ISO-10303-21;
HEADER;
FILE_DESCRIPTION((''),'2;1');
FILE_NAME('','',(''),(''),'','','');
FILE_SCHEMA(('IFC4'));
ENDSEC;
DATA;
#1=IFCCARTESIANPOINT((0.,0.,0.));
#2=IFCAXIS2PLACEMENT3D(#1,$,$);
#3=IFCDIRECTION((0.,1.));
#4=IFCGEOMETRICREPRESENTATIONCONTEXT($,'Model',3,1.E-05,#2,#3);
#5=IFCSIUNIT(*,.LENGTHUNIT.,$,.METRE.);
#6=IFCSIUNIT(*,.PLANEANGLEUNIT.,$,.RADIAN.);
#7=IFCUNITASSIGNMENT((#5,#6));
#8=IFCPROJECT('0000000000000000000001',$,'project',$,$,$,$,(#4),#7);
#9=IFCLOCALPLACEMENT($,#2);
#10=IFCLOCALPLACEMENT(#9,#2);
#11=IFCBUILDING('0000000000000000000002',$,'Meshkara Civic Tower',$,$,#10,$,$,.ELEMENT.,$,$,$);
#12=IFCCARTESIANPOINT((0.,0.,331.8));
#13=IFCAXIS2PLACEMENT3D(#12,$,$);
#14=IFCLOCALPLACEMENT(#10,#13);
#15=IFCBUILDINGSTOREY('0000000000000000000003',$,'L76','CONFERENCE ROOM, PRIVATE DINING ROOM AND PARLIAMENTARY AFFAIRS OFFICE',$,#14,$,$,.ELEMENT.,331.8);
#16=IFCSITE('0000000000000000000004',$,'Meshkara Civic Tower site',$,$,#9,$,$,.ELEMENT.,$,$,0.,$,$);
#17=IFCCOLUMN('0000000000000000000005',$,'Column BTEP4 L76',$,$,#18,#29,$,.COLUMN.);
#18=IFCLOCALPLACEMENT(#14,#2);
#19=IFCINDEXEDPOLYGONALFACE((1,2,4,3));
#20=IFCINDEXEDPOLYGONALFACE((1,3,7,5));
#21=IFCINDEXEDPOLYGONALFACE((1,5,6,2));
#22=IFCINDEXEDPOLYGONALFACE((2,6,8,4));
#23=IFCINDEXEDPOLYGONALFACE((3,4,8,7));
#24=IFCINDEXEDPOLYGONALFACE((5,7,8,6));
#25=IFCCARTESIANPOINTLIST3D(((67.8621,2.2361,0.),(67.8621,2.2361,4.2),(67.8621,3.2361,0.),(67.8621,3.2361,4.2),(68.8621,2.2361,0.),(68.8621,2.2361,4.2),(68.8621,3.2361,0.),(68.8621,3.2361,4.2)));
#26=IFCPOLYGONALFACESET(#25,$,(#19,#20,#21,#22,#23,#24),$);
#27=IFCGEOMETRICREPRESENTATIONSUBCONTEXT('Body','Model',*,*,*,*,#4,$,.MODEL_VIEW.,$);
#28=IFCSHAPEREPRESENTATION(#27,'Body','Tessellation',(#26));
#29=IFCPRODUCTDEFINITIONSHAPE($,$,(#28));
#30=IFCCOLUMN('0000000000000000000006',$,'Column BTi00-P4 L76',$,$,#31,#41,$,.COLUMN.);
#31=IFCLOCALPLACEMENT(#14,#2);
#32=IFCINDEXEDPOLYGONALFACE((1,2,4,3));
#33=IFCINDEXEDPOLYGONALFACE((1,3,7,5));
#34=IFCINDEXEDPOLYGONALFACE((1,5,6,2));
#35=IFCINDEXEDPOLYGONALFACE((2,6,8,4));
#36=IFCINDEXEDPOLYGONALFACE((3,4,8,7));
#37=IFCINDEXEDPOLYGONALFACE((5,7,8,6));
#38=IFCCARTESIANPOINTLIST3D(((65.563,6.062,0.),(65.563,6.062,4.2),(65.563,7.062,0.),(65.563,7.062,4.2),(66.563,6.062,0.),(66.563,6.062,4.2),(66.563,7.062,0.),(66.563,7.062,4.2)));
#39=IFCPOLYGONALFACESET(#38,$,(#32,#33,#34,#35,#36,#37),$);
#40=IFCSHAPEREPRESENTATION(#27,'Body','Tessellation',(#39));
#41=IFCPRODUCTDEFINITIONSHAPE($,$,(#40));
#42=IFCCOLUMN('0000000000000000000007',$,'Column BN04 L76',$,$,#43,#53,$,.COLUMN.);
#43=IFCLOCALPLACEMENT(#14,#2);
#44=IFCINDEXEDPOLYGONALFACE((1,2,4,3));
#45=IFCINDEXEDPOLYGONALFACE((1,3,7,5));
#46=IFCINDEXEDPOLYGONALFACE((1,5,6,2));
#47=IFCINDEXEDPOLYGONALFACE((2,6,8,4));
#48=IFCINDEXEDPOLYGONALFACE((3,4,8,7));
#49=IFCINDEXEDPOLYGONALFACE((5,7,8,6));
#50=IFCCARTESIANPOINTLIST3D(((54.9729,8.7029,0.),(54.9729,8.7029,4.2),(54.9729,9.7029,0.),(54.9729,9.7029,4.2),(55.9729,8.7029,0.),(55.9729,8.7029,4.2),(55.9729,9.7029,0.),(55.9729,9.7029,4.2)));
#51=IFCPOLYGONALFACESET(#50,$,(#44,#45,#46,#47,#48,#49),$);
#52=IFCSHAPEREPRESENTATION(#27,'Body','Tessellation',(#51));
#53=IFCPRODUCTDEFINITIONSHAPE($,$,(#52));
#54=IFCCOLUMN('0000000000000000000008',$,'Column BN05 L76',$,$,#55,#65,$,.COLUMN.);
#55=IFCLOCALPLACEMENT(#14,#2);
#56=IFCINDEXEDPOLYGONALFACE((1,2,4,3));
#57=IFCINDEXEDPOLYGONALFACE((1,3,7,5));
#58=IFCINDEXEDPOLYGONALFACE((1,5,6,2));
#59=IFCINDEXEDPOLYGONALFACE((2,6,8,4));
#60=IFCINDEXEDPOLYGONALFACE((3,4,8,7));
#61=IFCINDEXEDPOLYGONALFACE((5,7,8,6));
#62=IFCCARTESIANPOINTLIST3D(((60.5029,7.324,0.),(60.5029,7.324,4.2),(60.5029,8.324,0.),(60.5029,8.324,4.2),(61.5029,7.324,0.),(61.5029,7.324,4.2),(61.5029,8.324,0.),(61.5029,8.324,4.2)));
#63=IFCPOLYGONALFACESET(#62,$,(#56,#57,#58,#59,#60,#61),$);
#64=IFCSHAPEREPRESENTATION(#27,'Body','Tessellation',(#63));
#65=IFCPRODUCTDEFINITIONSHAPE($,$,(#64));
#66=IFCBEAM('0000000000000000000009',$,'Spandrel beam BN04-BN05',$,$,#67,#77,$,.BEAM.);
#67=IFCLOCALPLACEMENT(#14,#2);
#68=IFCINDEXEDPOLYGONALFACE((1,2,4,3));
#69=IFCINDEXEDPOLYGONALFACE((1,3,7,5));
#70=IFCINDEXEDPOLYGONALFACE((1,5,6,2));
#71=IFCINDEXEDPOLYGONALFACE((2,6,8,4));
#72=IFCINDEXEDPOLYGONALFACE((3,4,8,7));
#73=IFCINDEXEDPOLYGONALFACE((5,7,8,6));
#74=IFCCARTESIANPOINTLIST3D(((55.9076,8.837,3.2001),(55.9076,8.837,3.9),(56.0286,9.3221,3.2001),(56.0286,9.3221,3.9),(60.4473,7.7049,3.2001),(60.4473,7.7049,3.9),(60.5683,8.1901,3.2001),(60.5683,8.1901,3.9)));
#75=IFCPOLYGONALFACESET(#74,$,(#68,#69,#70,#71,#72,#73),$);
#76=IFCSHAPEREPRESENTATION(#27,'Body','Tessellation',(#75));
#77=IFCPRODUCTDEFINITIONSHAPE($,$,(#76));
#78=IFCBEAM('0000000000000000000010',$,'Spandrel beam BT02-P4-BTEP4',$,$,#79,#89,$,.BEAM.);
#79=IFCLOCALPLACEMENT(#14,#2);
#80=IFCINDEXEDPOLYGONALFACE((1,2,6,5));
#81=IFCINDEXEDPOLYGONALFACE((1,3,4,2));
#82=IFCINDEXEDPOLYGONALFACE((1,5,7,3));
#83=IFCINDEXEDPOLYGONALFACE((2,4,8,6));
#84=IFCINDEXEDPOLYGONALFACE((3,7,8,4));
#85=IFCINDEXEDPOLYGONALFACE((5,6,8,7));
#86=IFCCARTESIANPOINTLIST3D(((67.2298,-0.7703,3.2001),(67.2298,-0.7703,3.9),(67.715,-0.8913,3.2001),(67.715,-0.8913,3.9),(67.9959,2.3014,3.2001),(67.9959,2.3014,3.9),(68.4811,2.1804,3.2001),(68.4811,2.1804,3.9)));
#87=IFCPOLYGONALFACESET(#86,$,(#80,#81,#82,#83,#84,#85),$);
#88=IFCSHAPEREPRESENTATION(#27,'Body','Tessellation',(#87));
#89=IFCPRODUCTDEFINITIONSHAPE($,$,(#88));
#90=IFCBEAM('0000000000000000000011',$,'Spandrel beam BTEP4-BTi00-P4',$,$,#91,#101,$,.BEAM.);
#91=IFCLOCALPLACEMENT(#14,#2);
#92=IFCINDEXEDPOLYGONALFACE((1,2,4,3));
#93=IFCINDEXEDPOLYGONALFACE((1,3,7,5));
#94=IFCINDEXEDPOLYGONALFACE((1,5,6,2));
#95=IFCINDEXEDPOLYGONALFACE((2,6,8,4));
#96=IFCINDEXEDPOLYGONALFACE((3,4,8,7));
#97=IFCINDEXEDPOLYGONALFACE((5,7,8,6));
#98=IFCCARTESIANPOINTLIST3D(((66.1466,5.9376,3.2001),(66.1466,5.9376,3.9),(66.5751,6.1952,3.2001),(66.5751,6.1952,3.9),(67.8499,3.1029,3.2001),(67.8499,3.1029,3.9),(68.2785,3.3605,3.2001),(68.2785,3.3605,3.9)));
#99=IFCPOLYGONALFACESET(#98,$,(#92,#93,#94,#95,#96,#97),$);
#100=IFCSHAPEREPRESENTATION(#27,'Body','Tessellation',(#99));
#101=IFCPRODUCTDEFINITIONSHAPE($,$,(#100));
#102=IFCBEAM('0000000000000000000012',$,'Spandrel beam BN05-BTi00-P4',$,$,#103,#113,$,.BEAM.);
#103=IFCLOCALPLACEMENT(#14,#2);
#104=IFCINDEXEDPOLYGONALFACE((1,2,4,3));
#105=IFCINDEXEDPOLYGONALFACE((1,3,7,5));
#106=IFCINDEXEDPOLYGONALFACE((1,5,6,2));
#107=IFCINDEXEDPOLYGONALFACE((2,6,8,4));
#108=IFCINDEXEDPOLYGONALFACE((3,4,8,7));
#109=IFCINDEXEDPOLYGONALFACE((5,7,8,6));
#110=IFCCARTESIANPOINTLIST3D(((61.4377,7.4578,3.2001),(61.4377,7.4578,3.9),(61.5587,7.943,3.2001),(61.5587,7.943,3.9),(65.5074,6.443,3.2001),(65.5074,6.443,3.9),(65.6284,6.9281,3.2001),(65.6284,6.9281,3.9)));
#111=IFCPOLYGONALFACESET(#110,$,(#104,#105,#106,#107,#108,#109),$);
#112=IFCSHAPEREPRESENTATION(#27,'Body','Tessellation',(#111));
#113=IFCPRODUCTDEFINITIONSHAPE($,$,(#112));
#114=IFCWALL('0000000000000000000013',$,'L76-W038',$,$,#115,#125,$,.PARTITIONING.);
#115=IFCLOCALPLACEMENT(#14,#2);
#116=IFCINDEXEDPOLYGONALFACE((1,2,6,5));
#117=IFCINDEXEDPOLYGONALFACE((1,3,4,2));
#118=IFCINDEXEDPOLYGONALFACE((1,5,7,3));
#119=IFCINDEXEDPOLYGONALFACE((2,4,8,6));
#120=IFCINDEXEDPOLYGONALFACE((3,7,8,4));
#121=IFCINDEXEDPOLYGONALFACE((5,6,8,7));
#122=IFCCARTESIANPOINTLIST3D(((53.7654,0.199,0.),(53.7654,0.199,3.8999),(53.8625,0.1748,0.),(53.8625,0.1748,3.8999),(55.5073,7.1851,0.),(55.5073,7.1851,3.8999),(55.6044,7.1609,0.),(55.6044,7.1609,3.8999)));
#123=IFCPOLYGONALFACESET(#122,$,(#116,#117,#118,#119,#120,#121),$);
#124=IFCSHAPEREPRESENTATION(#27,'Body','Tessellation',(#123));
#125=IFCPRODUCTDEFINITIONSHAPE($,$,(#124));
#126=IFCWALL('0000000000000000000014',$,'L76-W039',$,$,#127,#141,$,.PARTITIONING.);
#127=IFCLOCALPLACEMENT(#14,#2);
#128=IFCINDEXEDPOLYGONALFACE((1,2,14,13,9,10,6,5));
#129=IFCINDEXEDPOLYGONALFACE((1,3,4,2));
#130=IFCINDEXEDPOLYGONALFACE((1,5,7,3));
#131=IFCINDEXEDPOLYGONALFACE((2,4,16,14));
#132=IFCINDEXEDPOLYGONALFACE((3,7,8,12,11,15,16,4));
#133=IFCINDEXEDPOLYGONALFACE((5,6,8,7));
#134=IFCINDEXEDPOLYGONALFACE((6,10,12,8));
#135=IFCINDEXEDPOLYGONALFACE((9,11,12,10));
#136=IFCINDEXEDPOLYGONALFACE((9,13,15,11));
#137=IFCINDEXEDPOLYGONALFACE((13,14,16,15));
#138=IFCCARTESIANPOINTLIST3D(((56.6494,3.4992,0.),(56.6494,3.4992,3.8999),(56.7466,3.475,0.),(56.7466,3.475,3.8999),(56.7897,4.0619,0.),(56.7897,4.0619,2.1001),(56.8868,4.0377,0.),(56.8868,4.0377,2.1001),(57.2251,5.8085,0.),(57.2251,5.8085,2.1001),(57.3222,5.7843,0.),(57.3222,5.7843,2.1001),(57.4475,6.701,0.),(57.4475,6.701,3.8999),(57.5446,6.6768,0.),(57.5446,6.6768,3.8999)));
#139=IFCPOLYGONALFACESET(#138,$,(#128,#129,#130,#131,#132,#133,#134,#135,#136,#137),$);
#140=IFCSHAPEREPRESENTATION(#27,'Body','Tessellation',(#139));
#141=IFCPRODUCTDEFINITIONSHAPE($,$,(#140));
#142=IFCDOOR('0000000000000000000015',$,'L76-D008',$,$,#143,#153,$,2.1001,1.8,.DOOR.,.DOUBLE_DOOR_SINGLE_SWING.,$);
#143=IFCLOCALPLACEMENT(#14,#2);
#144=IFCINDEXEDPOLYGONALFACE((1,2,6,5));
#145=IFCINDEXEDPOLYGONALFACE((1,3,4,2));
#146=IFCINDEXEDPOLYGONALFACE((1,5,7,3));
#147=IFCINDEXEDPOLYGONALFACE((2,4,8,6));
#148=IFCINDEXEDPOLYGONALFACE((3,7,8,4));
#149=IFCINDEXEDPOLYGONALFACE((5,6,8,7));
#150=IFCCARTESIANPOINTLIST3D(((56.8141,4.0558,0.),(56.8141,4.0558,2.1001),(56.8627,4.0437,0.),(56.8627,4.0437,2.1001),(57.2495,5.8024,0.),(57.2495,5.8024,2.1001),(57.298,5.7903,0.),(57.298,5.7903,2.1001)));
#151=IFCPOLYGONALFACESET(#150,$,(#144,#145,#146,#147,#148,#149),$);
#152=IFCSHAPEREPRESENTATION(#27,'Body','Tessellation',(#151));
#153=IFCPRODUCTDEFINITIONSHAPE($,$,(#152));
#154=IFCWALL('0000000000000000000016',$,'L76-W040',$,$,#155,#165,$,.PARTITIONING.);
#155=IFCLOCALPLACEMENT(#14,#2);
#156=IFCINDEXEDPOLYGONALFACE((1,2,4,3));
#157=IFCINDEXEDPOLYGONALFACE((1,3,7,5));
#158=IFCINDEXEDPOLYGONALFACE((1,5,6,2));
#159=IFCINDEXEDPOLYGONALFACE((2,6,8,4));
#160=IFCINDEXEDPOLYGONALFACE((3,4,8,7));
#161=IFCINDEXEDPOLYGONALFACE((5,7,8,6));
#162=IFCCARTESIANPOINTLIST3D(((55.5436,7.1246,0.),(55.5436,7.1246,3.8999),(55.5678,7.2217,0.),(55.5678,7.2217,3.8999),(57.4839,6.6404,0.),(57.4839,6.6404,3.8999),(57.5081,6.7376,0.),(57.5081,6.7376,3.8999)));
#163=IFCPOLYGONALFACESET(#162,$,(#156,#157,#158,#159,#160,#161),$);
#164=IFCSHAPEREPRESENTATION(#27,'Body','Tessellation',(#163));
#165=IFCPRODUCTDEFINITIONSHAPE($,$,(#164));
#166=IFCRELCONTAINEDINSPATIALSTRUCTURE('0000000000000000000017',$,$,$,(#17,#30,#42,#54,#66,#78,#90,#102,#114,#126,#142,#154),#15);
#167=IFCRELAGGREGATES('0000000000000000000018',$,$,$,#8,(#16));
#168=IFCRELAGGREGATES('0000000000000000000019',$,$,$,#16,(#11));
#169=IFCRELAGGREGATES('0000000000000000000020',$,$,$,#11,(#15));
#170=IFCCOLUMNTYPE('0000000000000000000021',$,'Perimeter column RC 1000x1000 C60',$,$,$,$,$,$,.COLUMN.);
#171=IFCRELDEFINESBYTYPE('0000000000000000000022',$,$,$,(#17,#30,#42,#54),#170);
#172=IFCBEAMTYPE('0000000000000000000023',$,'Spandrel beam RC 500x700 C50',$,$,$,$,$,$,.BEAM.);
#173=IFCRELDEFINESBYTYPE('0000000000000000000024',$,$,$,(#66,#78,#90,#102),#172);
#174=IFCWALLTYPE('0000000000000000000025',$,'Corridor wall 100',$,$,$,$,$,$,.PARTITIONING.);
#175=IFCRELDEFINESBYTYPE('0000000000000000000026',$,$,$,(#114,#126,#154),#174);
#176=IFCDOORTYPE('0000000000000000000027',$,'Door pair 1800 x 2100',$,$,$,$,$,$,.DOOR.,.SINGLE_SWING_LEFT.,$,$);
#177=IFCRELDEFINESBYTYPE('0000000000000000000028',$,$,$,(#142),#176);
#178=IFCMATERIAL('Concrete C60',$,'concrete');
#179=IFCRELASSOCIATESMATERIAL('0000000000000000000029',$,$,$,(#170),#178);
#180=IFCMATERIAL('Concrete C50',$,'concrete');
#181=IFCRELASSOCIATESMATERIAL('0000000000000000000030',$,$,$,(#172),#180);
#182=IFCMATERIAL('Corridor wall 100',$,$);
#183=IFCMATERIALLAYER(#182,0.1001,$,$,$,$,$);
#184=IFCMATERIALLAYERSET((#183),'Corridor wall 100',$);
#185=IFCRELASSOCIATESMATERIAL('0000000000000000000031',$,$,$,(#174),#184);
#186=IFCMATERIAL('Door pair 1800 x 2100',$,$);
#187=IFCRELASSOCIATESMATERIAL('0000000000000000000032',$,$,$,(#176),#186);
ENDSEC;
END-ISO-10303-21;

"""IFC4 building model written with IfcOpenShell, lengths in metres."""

from ifc_helpers import new_model, si_unit, direction, frame, frame_2d, origin, origin_2d, place, context, subcontext, project, spatial, rectangle, extrude, material, layer, layer_set, material_profile, profile_set, type_object, element, fill, save


model = new_model("IFC4")

# Units and contexts
model_context = context("Model", 3, precision=1e-05, world=origin(), true_north=direction((0.0, 1.0)))
body_context = subcontext(model_context, "Body", "Model", "MODEL_VIEW")
ifc_project = project(units=[si_unit("LENGTHUNIT", "METRE"), si_unit("PLANEANGLEUNIT", "RADIAN")], contexts=[model_context])

# Site, building, storey
site_placement = place(None, origin())
site = spatial("IfcSite", under=ifc_project, at=site_placement, Name="Meshkara Civic Tower site", CompositionType="ELEMENT", RefElevation=0.0)
building_placement = place(site_placement, origin())
building = spatial("IfcBuilding", under=site, at=building_placement, Name="Meshkara Civic Tower", CompositionType="ELEMENT")
storey_placement = place(building_placement, frame((0.0, 0.0, 331.8)))
storey = spatial("IfcBuildingStorey", under=building, at=storey_placement, Name="L76", Description="CONFERENCE ROOM, PRIVATE DINING ROOM AND PARLIAMENTARY AFFAIRS OFFICE", CompositionType="ELEMENT", Elevation=331.8)

# Columns
ifc_material_1 = material(Name="Concrete C60", Category="concrete")
ifc_material_profile_1 = material_profile(ifc_material_1, rectangle(XDim=1.0, YDim=1.0, at=origin_2d()))
ifc_profile_set_1 = profile_set([ifc_material_profile_1], Name="Concrete C60")
column_type = type_object("IfcColumnType", Name="Perimeter column RC 1000x1000 C60", PredefinedType="COLUMN", material=ifc_profile_set_1)
for number, where, z_axis, x_axis, name in (
    (1, (68.3621, 2.7361, 0.0), (0.0, 0.0, 1.0), (1.0, 0.0, 0.0), "Column BTEP4 L76"),
    (2, (66.063, 6.562, 0.0), (0.0, 0.0, 1.0), (1.0, 0.0, 0.0), "Column BTi00-P4 L76"),
    (3, (55.4729, 9.2029, 0.0), (0.0, 0.0, 1.0), (1.0, 0.0, 0.0), "Column BN04 L76"),
    (4, (61.0029, 7.824, 0.0), (0.0, 0.0, 1.0), (1.0, 0.0, 0.0), "Column BN05 L76"),
):
    element("IfcColumn", number, at=place(storey_placement, frame(where, z_axis=z_axis, x_axis=x_axis)), inside=storey, type_object=column_type, Name=name, PredefinedType="COLUMN", context=body_context, shape_type="SweptSolid", body=[
        extrude(rectangle(XDim=1.0, YDim=1.0, at=origin_2d()), origin(), (0.0, 0.0, 1.0), 4.2),
    ])

# Beams
ifc_material_2 = material(Name="Concrete C50", Category="concrete")
ifc_material_profile_2 = material_profile(ifc_material_2, rectangle(XDim=0.5, YDim=0.7, at=origin_2d()))
ifc_profile_set_2 = profile_set([ifc_material_profile_2], Name="Concrete C50")
beam_type = type_object("IfcBeamType", Name="Spandrel beam RC 500x700 C50", PredefinedType="BEAM", material=ifc_profile_set_2)
beam_1_placement = place(storey_placement, frame((60.5078, 7.9475, 3.55), z_axis=(-0.970287, 0.241959, 0.0), x_axis=(-0.241959, -0.970287, 0.0)))
element("IfcBeam", 5, at=beam_1_placement, inside=storey, type_object=beam_type, Name="Spandrel beam BN04-BN05", PredefinedType="BEAM", context=body_context, shape_type="SweptSolid", body=[
    extrude(rectangle(XDim=0.5, YDim=0.7, at=origin_2d()), origin(), (0.0, 0.0, 1.0), 4.6787),
])
beam_2_placement = place(storey_placement, frame((67.4724, -0.8308, 3.55), z_axis=(0.241991, 0.970278, 0.0), x_axis=(-0.970278, 0.241991, 0.0)))
element("IfcBeam", 6, at=beam_2_placement, inside=storey, type_object=beam_type, Name="Spandrel beam BT02-P4-BTEP4", PredefinedType="BEAM", context=body_context, shape_type="SweptSolid", body=[
    extrude(rectangle(XDim=0.5, YDim=0.7, at=origin_2d()), origin(), (0.0, 0.0, 1.0), 3.1658),
])
beam_3_placement = place(storey_placement, frame((68.0642, 3.2317, 3.55), z_axis=(-0.51506, 0.857154, 0.0), x_axis=(-0.857154, -0.51506, 0.0)))
element("IfcBeam", 7, at=beam_3_placement, inside=storey, type_object=beam_type, Name="Spandrel beam BTEP4-BTi00-P4", PredefinedType="BEAM", context=body_context, shape_type="SweptSolid", body=[
    extrude(rectangle(XDim=0.5, YDim=0.7, at=origin_2d()), origin(), (0.0, 0.0, 1.0), 3.3071),
])
beam_4_placement = place(storey_placement, frame((65.5679, 6.6855, 3.55), z_axis=(-0.970286, 0.24196, 0.0), x_axis=(-0.24196, -0.970286, 0.0)))
element("IfcBeam", 8, at=beam_4_placement, inside=storey, type_object=beam_type, Name="Spandrel beam BN05-BTi00-P4", PredefinedType="BEAM", context=body_context, shape_type="SweptSolid", body=[
    extrude(rectangle(XDim=0.5, YDim=0.7, at=origin_2d()), origin(), (0.0, 0.0, 1.0), 4.1943),
])

# Wall
ifc_material_3 = material(Name="Corridor wall 100")
ifc_layer_1 = layer(ifc_material_3, 0.1001)
ifc_layer_set_1 = layer_set([ifc_layer_1], Name="Corridor wall 100")
wall_type_1 = type_object("IfcWallType", Name="Corridor wall 100", PredefinedType="PARTITIONING", material=ifc_layer_set_1)
wall_1_placement = place(storey_placement, frame((55.5559, 7.1731, 0.0), z_axis=(0.0, 0.0, 1.0), x_axis=(-0.241937, -0.970292, 0.0)))
element("IfcWall", 9, at=wall_1_placement, inside=storey, type_object=wall_type_1, Name="L76-W038", PredefinedType="PARTITIONING", context=body_context, shape_type="SweptSolid", body=[
    extrude(rectangle(XDim=7.2, YDim=0.1001, at=frame_2d((3.6001, 0.0))), origin(), (0.0, 0.0, 1.0), 3.8999),
])

# Wall, opening, door
wall_2_placement = place(storey_placement, frame((56.698, 3.4871, 0.0), z_axis=(0.0, 0.0, 1.0), x_axis=(0.241857, 0.970312, 0.0)))
wall_2 = element("IfcWall", 10, at=wall_2_placement, inside=storey, type_object=wall_type_1, Name="L76-W039", PredefinedType="PARTITIONING", context=body_context, shape_type="SweptSolid", body=[
    extrude(rectangle(XDim=3.2998, YDim=0.1001, at=frame_2d((1.6499, 0.0))), origin(), (0.0, 0.0, 1.0), 3.8999),
])
opening_1_placement = place(wall_2_placement, frame((0.5801, 0.0, 0.0)))
opening_1 = element("IfcOpeningElement", 11, at=opening_1_placement, cuts=wall_2, PredefinedType="OPENING", context=body_context, shape_type="SweptSolid", body=[
    extrude(rectangle(XDim=1.8, YDim=2.1001, at=frame_2d((0.8999, 1.05))), frame((0.0, 0.0601, 0.0), z_axis=(0.0, -1.0, 0.0), x_axis=(1.0, 0.0, 0.0)), (0.0, 0.0, 1.0), 0.1201),
])
ifc_material_4 = material(Name="Door pair 1800 x 2100")
door_type = type_object("IfcDoorType", Name="Door pair 1800 x 2100", OperationType="SINGLE_SWING_LEFT", PredefinedType="DOOR", material=ifc_material_4)
door_placement = place(opening_1_placement, origin())
door = element("IfcDoor", 12, at=door_placement, inside=storey, type_object=door_type, Name="L76-D008", OperationType="DOUBLE_DOOR_SINGLE_SWING", OverallHeight=2.1001, OverallWidth=1.8, PredefinedType="DOOR", context=body_context, shape_type="SweptSolid", body=[
    extrude(rectangle(XDim=1.8, YDim=2.1001, at=frame_2d((0.8999, 1.05))), frame((0.0, 0.0249, 0.0), z_axis=(0.0, -1.0, 0.0), x_axis=(1.0, 0.0, 0.0)), (0.0, 0.0, 1.0), 0.05),
])
fill(opening_1, door)

# Wall
wall_3_placement = place(storey_placement, frame((57.4961, 6.689, 0.0), z_axis=(0.0, 0.0, 1.0), x_axis=(-0.97025, 0.242105, 0.0)))
element("IfcWall", 13, at=wall_3_placement, inside=storey, type_object=wall_type_1, Name="L76-W040", PredefinedType="PARTITIONING", context=body_context, shape_type="SweptSolid", body=[
    extrude(rectangle(XDim=1.9998, YDim=0.1001, at=frame_2d((1.0, 0.0))), origin(), (0.0, 0.0, 1.0), 3.8999),
])

save(model, "model.ifc")
